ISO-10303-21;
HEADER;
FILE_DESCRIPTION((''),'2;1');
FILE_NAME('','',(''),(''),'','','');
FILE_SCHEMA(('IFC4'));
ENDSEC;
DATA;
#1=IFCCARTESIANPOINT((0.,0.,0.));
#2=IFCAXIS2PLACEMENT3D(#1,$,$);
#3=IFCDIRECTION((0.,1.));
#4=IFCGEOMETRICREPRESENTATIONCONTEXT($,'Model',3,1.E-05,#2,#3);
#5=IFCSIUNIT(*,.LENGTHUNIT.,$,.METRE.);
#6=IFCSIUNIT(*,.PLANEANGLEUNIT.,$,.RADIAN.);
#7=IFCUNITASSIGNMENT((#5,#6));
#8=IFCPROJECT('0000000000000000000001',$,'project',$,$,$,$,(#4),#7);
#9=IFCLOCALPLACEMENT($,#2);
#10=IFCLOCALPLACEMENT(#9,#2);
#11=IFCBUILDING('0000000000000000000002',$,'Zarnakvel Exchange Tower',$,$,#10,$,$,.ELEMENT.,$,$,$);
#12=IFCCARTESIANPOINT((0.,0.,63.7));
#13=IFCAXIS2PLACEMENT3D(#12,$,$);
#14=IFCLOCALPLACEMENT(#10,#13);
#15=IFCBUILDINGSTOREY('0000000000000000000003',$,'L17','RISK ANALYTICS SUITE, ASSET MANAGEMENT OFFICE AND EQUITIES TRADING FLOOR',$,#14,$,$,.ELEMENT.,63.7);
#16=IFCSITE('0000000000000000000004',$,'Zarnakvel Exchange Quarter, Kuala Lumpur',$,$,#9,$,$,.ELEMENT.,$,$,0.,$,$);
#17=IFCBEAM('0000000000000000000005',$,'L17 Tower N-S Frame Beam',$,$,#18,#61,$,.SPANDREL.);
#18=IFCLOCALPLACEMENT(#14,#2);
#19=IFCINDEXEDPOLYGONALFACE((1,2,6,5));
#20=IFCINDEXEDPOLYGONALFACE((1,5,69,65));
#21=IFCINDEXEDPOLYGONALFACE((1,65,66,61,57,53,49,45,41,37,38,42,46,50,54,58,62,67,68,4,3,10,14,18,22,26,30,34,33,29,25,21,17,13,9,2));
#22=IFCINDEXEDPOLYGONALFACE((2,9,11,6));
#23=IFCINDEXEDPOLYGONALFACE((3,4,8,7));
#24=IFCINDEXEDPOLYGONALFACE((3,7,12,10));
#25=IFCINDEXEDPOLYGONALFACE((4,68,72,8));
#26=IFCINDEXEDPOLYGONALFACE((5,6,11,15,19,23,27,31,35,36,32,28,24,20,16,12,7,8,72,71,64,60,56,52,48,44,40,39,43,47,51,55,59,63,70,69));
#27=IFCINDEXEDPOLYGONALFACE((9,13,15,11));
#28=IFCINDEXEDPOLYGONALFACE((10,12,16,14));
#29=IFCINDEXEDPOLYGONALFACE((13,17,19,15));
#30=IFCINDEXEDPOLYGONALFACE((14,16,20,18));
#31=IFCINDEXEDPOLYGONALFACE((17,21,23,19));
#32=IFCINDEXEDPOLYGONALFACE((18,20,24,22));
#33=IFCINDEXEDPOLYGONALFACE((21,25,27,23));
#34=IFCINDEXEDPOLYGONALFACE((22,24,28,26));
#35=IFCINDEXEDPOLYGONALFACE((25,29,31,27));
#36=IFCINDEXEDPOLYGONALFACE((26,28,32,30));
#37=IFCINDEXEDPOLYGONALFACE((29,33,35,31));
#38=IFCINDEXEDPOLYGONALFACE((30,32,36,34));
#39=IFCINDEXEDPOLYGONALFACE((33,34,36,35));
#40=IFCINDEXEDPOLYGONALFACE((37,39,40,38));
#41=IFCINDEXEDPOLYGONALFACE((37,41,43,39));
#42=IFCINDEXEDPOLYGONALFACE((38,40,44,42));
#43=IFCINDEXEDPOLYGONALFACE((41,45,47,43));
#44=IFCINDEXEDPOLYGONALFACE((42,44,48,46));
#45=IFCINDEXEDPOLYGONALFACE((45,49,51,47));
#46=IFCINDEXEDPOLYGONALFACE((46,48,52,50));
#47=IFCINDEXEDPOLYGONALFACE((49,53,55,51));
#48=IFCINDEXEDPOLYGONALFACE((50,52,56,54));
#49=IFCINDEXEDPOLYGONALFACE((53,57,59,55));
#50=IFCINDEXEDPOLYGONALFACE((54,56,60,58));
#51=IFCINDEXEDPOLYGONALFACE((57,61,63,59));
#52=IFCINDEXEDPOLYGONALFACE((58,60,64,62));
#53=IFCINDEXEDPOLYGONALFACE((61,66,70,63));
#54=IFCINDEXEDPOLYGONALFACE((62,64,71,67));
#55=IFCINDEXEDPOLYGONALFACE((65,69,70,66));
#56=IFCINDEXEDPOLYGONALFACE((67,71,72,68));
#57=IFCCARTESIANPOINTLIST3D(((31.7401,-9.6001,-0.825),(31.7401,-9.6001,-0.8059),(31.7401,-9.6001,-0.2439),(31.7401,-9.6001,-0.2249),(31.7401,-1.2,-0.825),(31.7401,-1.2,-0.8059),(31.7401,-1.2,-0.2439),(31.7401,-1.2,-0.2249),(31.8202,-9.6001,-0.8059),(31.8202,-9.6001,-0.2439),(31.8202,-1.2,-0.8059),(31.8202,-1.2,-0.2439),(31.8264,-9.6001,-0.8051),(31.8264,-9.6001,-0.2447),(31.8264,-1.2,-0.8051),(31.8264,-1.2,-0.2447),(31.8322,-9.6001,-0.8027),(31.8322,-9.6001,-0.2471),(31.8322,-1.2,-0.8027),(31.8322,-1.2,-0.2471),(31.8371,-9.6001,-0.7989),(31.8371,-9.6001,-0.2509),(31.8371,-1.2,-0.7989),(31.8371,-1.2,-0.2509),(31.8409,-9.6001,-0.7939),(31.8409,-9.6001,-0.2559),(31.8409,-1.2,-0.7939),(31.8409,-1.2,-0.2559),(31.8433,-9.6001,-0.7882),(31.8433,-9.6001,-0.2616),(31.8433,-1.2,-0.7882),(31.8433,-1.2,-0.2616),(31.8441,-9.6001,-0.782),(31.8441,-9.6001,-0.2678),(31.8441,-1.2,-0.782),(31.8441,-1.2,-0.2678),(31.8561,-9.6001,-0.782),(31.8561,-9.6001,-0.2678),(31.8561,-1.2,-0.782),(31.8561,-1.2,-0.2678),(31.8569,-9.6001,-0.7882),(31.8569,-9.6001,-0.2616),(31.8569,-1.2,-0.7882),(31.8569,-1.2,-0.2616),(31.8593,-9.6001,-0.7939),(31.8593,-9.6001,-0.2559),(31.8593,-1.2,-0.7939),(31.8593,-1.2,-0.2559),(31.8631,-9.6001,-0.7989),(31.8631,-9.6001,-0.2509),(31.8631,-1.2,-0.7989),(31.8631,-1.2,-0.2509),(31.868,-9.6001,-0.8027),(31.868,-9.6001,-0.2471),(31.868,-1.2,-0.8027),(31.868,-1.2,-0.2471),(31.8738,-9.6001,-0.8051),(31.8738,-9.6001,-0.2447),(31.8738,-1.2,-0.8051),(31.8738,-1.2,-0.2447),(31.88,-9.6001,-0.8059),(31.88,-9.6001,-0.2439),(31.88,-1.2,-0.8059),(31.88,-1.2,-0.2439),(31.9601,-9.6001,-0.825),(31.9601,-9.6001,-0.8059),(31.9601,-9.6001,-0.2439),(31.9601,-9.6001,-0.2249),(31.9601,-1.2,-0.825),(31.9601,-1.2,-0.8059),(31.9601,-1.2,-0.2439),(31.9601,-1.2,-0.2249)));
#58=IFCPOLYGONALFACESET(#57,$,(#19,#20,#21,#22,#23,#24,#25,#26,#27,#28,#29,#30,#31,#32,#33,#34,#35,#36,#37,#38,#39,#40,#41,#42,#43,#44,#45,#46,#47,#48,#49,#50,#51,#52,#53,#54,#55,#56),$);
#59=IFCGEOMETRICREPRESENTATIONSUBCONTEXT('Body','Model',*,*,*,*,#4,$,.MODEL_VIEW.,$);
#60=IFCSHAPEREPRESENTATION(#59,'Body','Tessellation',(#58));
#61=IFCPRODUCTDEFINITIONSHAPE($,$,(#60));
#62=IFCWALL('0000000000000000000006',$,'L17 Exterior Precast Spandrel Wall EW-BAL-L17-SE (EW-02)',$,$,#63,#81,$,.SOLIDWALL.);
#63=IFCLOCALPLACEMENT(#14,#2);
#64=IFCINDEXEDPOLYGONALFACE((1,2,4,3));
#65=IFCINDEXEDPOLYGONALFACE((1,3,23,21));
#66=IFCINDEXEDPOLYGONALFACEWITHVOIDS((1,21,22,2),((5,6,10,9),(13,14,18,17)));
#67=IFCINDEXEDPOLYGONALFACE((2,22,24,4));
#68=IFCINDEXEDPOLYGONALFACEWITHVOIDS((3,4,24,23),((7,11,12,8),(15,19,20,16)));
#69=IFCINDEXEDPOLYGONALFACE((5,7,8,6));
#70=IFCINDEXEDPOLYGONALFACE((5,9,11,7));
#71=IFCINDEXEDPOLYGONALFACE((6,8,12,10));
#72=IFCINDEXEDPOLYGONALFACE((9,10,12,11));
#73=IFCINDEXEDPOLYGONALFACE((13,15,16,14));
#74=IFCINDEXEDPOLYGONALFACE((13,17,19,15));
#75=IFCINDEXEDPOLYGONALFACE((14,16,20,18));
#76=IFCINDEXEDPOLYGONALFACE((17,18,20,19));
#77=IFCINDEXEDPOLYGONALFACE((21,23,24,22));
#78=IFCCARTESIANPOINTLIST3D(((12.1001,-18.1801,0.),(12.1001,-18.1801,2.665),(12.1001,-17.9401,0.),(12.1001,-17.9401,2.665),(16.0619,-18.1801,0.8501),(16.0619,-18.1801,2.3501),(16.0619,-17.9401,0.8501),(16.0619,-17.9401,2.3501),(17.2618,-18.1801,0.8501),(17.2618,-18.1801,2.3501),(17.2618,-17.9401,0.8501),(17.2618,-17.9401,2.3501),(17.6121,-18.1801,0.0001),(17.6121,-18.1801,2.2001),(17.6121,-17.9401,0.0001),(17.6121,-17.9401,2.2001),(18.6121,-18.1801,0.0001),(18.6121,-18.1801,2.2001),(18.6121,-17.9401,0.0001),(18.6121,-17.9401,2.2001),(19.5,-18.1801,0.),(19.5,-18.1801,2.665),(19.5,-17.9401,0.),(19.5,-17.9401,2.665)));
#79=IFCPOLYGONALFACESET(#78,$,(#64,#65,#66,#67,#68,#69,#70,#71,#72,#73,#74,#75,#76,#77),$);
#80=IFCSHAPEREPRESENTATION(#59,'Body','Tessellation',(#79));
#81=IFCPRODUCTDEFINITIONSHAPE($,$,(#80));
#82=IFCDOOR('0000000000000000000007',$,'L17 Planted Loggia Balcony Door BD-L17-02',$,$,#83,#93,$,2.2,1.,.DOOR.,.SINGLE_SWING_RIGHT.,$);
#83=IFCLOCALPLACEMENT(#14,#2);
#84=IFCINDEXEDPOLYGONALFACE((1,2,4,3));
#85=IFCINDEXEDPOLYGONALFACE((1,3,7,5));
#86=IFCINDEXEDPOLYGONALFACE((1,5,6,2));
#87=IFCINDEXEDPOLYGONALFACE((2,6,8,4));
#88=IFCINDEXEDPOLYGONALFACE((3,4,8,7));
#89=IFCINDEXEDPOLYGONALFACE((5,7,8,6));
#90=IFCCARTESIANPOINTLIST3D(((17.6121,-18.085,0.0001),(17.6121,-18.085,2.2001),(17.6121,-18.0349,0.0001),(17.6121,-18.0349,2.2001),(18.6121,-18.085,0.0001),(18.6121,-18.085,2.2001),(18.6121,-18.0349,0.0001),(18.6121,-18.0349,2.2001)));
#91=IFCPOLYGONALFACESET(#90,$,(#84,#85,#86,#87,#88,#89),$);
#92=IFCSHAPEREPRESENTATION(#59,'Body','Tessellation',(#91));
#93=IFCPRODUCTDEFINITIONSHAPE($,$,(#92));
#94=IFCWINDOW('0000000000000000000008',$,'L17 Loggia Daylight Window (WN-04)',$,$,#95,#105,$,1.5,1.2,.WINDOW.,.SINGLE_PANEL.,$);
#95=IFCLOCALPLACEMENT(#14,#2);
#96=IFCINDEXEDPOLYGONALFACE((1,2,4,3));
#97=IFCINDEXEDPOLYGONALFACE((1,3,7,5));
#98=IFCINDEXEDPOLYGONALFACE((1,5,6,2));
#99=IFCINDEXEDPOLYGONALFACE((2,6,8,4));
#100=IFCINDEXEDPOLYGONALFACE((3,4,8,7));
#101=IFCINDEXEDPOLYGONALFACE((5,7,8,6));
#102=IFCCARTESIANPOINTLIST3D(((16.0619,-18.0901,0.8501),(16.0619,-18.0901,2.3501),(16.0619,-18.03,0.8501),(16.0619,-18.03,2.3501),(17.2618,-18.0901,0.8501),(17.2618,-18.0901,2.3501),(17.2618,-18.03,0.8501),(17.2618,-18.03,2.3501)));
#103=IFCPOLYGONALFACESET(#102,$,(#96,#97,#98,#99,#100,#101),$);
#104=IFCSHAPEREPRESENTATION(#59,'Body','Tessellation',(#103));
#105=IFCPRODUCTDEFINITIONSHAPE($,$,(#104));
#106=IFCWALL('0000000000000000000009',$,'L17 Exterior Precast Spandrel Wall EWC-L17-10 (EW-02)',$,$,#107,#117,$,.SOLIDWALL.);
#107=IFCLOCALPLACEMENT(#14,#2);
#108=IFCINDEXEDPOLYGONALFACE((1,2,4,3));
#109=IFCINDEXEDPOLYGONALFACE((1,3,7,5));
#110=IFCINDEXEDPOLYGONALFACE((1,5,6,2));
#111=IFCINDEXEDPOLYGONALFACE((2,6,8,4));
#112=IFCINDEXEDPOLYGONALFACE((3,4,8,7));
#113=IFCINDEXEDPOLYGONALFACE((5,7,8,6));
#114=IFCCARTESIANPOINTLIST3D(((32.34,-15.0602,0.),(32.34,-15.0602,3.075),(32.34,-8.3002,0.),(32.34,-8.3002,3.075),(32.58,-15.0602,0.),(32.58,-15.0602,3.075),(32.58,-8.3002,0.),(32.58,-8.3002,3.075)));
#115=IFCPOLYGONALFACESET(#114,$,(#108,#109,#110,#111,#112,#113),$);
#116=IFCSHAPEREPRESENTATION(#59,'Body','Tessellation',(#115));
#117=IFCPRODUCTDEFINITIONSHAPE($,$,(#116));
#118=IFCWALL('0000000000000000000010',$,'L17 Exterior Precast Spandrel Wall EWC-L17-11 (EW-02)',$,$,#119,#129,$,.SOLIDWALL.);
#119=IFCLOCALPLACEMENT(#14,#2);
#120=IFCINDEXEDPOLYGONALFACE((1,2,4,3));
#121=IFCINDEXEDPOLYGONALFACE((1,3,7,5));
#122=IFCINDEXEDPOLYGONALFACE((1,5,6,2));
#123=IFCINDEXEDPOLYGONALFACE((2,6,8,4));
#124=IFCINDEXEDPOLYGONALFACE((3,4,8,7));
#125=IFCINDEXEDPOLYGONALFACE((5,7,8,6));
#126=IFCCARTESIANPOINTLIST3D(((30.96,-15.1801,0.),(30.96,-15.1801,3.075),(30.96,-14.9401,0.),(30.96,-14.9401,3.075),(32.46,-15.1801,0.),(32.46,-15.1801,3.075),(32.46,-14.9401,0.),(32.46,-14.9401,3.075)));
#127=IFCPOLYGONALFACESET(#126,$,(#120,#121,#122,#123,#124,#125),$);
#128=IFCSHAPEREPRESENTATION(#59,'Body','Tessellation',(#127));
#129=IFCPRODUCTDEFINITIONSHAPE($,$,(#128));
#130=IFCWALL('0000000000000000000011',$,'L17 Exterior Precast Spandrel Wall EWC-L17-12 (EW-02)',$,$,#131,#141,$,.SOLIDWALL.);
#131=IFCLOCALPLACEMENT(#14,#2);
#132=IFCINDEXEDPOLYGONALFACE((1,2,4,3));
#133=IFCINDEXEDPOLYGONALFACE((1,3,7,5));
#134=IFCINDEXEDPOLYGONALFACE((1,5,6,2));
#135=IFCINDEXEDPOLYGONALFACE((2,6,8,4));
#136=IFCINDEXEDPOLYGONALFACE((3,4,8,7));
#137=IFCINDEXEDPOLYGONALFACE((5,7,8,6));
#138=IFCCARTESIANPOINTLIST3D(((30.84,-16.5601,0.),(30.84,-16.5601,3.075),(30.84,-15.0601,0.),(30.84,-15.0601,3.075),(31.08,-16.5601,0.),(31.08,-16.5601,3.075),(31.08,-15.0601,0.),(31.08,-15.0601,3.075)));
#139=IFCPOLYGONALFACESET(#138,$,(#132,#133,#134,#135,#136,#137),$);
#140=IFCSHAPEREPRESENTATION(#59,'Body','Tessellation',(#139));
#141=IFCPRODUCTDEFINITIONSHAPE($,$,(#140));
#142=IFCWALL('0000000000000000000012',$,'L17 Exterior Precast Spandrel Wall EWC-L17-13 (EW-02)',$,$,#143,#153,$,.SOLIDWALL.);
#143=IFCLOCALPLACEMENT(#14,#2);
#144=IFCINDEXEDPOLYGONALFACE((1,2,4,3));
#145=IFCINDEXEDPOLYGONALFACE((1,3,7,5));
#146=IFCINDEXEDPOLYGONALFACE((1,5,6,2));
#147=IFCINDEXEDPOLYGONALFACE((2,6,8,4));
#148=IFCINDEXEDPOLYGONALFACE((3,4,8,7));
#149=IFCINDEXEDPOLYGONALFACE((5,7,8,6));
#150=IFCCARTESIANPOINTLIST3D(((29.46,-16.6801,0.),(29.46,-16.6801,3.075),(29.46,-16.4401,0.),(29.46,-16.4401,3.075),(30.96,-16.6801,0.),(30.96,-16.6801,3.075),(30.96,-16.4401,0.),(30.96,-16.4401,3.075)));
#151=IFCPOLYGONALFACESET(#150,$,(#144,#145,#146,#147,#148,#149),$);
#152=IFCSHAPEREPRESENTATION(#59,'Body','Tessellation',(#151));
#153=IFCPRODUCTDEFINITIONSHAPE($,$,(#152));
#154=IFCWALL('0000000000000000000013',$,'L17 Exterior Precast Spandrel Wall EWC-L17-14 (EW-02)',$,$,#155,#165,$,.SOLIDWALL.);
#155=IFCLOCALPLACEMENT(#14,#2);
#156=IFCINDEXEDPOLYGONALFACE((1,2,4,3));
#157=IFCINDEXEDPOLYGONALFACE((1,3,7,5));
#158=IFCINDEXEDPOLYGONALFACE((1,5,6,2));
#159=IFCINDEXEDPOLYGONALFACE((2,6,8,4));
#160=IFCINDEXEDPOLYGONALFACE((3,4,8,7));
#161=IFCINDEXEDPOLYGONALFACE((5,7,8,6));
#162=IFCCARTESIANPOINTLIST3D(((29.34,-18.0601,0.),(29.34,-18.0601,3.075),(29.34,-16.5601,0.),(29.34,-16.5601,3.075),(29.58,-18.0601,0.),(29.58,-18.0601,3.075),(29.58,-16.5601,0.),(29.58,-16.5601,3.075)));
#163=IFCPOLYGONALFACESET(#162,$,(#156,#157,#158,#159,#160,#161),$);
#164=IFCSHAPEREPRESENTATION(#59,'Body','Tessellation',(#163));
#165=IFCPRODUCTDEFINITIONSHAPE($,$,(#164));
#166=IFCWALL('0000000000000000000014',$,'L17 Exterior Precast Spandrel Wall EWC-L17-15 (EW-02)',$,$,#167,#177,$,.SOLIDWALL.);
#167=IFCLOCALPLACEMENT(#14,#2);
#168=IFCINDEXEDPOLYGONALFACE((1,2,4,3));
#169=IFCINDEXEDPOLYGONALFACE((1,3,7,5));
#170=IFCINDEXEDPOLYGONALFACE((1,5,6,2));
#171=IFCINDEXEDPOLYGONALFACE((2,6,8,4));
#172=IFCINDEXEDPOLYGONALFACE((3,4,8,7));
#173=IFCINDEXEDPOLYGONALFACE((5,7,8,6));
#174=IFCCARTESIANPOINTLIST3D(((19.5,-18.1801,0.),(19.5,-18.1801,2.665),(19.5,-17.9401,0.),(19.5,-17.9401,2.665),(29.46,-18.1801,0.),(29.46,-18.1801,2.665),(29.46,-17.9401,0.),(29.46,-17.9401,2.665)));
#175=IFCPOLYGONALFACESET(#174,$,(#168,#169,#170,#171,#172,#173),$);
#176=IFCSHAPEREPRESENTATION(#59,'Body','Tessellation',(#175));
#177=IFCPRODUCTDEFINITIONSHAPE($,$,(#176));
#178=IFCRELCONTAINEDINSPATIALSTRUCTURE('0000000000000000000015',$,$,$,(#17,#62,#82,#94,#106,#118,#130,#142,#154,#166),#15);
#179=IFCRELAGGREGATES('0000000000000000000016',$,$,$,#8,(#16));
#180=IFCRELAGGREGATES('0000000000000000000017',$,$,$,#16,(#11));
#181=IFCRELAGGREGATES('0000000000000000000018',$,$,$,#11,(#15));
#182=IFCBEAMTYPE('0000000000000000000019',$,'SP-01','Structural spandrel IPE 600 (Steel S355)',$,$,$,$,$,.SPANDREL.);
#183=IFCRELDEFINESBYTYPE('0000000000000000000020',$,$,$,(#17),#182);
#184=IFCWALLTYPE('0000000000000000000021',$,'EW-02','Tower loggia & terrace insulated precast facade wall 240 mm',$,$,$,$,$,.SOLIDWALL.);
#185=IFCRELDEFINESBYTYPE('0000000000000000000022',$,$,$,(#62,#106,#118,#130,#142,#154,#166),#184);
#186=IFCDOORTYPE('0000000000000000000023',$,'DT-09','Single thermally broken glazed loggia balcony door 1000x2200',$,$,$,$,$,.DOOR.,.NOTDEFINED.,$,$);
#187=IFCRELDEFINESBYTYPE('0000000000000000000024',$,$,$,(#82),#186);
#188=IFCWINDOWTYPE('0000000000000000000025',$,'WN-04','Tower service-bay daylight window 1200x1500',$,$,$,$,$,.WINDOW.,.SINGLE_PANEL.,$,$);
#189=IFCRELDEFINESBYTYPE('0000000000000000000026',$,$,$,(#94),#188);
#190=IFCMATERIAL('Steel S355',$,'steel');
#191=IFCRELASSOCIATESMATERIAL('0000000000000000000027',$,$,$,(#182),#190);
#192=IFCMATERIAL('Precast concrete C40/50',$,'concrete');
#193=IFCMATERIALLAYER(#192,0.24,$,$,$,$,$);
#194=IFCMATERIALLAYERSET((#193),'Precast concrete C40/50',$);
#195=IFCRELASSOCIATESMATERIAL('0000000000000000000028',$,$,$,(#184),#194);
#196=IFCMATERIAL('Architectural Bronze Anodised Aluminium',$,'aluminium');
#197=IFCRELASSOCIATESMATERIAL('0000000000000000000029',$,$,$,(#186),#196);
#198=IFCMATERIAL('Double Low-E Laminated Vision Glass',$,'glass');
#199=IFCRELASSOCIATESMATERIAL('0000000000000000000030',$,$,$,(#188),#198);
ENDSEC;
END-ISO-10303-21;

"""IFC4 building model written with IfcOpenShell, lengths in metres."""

from ifc_helpers import new_model, si_unit, direction, frame, frame_2d, origin, origin_2d, place, context, subcontext, project, spatial, rectangle, i_section, extrude, source, transform, mapped, material, layer, layer_set, material_profile, profile_set, type_object, element, fill, save


model = new_model("IFC4")

# Units and contexts
model_context = context("Model", 3, precision=1e-05, world=origin(), true_north=direction((0.0, 1.0)))
body_context = subcontext(model_context, "Body", "Model", "MODEL_VIEW")
ifc_project = project(units=[si_unit("LENGTHUNIT", "METRE"), si_unit("PLANEANGLEUNIT", "RADIAN")], contexts=[model_context])

# Site, building, storey
site_placement = place(None, origin())
site = spatial("IfcSite", under=ifc_project, at=site_placement, Name="Zarnakvel Exchange Quarter, Kuala Lumpur", CompositionType="ELEMENT", RefElevation=0.0)
building_placement = place(site_placement, origin())
building = spatial("IfcBuilding", under=site, at=building_placement, Name="Zarnakvel Exchange Tower", CompositionType="ELEMENT")
storey_placement = place(building_placement, frame((0.0, 0.0, 63.7)))
storey = spatial("IfcBuildingStorey", under=building, at=storey_placement, Name="L17", Description="RISK ANALYTICS SUITE, ASSET MANAGEMENT OFFICE AND EQUITIES TRADING FLOOR", CompositionType="ELEMENT", Elevation=63.7)

# Shared definitions
ifc_material_1 = material(Name="Steel S355", Category="steel")

# Beam
ifc_material_profile_1 = material_profile(ifc_material_1, i_section(OverallWidth=0.22, OverallDepth=0.6001, WebThickness=0.012, FlangeThickness=0.019, FilletRadius=0.0239, at=origin_2d()))
ifc_profile_set_1 = profile_set([ifc_material_profile_1], Name="Steel S355")
beam_type_1 = type_object("IfcBeamType", Name="SP-01", Description="Structural spandrel IPE 600 (Steel S355)", PredefinedType="SPANDREL", material=ifc_profile_set_1)
beam_1_placement = place(storey_placement, frame((31.8501, -9.6001, -0.5249), z_axis=(0.0, 1.0, 0.0), x_axis=(-1.0, 0.0, 0.0)))
element("IfcBeam", 1, at=beam_1_placement, inside=storey, type_object=beam_type_1, Name="L17 Tower N-S Frame Beam", PredefinedType="SPANDREL", context=body_context, shape_type="SweptSolid", body=[
    extrude(i_section(OverallWidth=0.22, OverallDepth=0.6001, WebThickness=0.012, FlangeThickness=0.019, FilletRadius=0.0239, at=origin_2d()), origin(), (0.0, 0.0, 1.0), 8.4001),
])

# Wall, openings, door, window
ifc_material_2 = material(Name="Precast concrete C40/50", Category="concrete")
ifc_layer_1 = layer(ifc_material_2, 0.24)
ifc_layer_set_1 = layer_set([ifc_layer_1], Name="Precast concrete C40/50")
wall_type_1 = type_object("IfcWallType", Name="EW-02", Description="Tower loggia & terrace insulated precast facade wall 240 mm", PredefinedType="SOLIDWALL", material=ifc_layer_set_1)
wall_1_placement = place(storey_placement, frame((19.5, -18.0601, 0.0), z_axis=(0.0, 0.0, 1.0), x_axis=(-1.0, 0.0, 0.0)))
wall_1 = element("IfcWall", 2, at=wall_1_placement, inside=storey, type_object=wall_type_1, Name="L17 Exterior Precast Spandrel Wall EW-BAL-L17-SE (EW-02)", PredefinedType="SOLIDWALL", context=body_context, shape_type="SweptSolid", body=[
    extrude(rectangle(XDim=7.3999, YDim=0.24, at=frame_2d((3.7, 0.0))), origin(), (0.0, 0.0, 1.0), 2.665),
])
opening_1_placement = place(wall_1_placement, frame((0.8879, 0.0, 0.0)))
opening_1 = element("IfcOpeningElement", 3, at=opening_1_placement, cuts=wall_1, PredefinedType="OPENING", context=body_context, shape_type="SweptSolid", body=[
    extrude(rectangle(XDim=1.0, YDim=2.2, at=frame_2d((0.5, 1.1001))), frame((0.0, 0.1299, 0.0), z_axis=(0.0, -1.0, 0.0), x_axis=(1.0, 0.0, 0.0)), (0.0, 0.0, 1.0), 0.26),
])
opening_2_placement = place(wall_1_placement, frame((2.238, 0.0, 0.8501)))
opening_2 = element("IfcOpeningElement", 4, at=opening_2_placement, cuts=wall_1, PredefinedType="OPENING", context=body_context, shape_type="SweptSolid", body=[
    extrude(rectangle(XDim=1.2, YDim=1.5, at=frame_2d((0.6001, 0.75))), frame((0.0, 0.1299, 0.0), z_axis=(0.0, -1.0, 0.0), x_axis=(1.0, 0.0, 0.0)), (0.0, 0.0, 1.0), 0.26),
])
ifc_material_3 = material(Name="Architectural Bronze Anodised Aluminium", Category="aluminium")
door_type_1 = type_object("IfcDoorType", Name="DT-09", Description="Single thermally broken glazed loggia balcony door 1000x2200", OperationType="NOTDEFINED", PredefinedType="DOOR", material=ifc_material_3)
shared_shape_1 = source(origin(), body_context, "Body", "SweptSolid", [
    extrude(rectangle(XDim=1.0, YDim=2.2, at=frame_2d((0.5, 1.1001))), frame((0.0, 0.0249, 0.0), z_axis=(0.0, -1.0, 0.0), x_axis=(1.0, 0.0, 0.0)), (0.0, 0.0, 1.0), 0.05),
])
door_1_placement = place(opening_1_placement, origin())
door_1 = element("IfcDoor", 5, at=door_1_placement, inside=storey, type_object=door_type_1, Name="L17 Planted Loggia Balcony Door BD-L17-02", OperationType="SINGLE_SWING_RIGHT", OverallHeight=2.2, OverallWidth=1.0, PredefinedType="DOOR", context=body_context, shape_type="MappedRepresentation", body=[
    mapped(shared_shape_1, transform((0.0, 0.0, 0.0), x_axis=(1.0, 0.0, 0.0), y_axis=(0.0, 1.0, 0.0), z_axis=(0.0, 0.0, 1.0), scale=1.0)),
])
fill(opening_1, door_1)
ifc_material_4 = material(Name="Double Low-E Laminated Vision Glass", Category="glass")
window_type = type_object("IfcWindowType", Name="WN-04", Description="Tower service-bay daylight window 1200x1500", PartitioningType="SINGLE_PANEL", PredefinedType="WINDOW", material=ifc_material_4)
shared_shape_2 = source(origin(), body_context, "Body", "SweptSolid", [
    extrude(rectangle(XDim=1.2, YDim=1.5, at=frame_2d((0.6001, 0.75))), frame((0.0, 0.03, 0.0), z_axis=(0.0, -1.0, 0.0), x_axis=(1.0, 0.0, 0.0)), (0.0, 0.0, 1.0), 0.0601),
])
window_placement = place(opening_2_placement, origin())
window = element("IfcWindow", 6, at=window_placement, inside=storey, type_object=window_type, Name="L17 Loggia Daylight Window (WN-04)", OverallHeight=1.5, OverallWidth=1.2, PartitioningType="SINGLE_PANEL", PredefinedType="WINDOW", context=body_context, shape_type="MappedRepresentation", body=[
    mapped(shared_shape_2, transform((0.0, 0.0, 0.0), x_axis=(1.0, 0.0, 0.0), y_axis=(0.0, 1.0, 0.0), z_axis=(0.0, 0.0, 1.0), scale=1.0)),
])
fill(opening_2, window)

# Walls
wall_2_placement = place(storey_placement, frame((32.46, -15.0601, 0.0), z_axis=(0.0, 0.0, 1.0), x_axis=(0.0, 1.0, 0.0)))
element("IfcWall", 7, at=wall_2_placement, inside=storey, type_object=wall_type_1, Name="L17 Exterior Precast Spandrel Wall EWC-L17-10 (EW-02)", PredefinedType="SOLIDWALL", context=body_context, shape_type="SweptSolid", body=[
    extrude(rectangle(XDim=6.76, YDim=0.24, at=frame_2d((3.3799, 0.0))), origin(), (0.0, 0.0, 1.0), 3.075),
])
for number, where, z_axis, x_axis, name in (
    (8, (30.96, -15.0601, 0.0), (0.0, 0.0, 1.0), (1.0, 0.0, 0.0), "L17 Exterior Precast Spandrel Wall EWC-L17-11 (EW-02)"),
    (9, (30.96, -16.5601, 0.0), (0.0, 0.0, 1.0), (0.0, 1.0, 0.0), "L17 Exterior Precast Spandrel Wall EWC-L17-12 (EW-02)"),
    (10, (29.46, -16.5601, 0.0), (0.0, 0.0, 1.0), (1.0, 0.0, 0.0), "L17 Exterior Precast Spandrel Wall EWC-L17-13 (EW-02)"),
    (11, (29.46, -18.0601, 0.0), (0.0, 0.0, 1.0), (0.0, 1.0, 0.0), "L17 Exterior Precast Spandrel Wall EWC-L17-14 (EW-02)"),
):
    element("IfcWall", number, at=place(storey_placement, frame(where, z_axis=z_axis, x_axis=x_axis)), inside=storey, type_object=wall_type_1, Name=name, PredefinedType="SOLIDWALL", context=body_context, shape_type="SweptSolid", body=[
        extrude(rectangle(XDim=1.5, YDim=0.24, at=frame_2d((0.75, 0.0))), origin(), (0.0, 0.0, 1.0), 3.075),
    ])
wall_3_placement = place(storey_placement, frame((19.5, -18.0601, 0.0), z_axis=(0.0, 0.0, 1.0), x_axis=(1.0, 0.0, 0.0)))
element("IfcWall", 12, at=wall_3_placement, inside=storey, type_object=wall_type_1, Name="L17 Exterior Precast Spandrel Wall EWC-L17-15 (EW-02)", PredefinedType="SOLIDWALL", context=body_context, shape_type="SweptSolid", body=[
    extrude(rectangle(XDim=9.96, YDim=0.24, at=frame_2d((4.98, 0.0))), origin(), (0.0, 0.0, 1.0), 2.665),
])

save(model, "model.ifc")
